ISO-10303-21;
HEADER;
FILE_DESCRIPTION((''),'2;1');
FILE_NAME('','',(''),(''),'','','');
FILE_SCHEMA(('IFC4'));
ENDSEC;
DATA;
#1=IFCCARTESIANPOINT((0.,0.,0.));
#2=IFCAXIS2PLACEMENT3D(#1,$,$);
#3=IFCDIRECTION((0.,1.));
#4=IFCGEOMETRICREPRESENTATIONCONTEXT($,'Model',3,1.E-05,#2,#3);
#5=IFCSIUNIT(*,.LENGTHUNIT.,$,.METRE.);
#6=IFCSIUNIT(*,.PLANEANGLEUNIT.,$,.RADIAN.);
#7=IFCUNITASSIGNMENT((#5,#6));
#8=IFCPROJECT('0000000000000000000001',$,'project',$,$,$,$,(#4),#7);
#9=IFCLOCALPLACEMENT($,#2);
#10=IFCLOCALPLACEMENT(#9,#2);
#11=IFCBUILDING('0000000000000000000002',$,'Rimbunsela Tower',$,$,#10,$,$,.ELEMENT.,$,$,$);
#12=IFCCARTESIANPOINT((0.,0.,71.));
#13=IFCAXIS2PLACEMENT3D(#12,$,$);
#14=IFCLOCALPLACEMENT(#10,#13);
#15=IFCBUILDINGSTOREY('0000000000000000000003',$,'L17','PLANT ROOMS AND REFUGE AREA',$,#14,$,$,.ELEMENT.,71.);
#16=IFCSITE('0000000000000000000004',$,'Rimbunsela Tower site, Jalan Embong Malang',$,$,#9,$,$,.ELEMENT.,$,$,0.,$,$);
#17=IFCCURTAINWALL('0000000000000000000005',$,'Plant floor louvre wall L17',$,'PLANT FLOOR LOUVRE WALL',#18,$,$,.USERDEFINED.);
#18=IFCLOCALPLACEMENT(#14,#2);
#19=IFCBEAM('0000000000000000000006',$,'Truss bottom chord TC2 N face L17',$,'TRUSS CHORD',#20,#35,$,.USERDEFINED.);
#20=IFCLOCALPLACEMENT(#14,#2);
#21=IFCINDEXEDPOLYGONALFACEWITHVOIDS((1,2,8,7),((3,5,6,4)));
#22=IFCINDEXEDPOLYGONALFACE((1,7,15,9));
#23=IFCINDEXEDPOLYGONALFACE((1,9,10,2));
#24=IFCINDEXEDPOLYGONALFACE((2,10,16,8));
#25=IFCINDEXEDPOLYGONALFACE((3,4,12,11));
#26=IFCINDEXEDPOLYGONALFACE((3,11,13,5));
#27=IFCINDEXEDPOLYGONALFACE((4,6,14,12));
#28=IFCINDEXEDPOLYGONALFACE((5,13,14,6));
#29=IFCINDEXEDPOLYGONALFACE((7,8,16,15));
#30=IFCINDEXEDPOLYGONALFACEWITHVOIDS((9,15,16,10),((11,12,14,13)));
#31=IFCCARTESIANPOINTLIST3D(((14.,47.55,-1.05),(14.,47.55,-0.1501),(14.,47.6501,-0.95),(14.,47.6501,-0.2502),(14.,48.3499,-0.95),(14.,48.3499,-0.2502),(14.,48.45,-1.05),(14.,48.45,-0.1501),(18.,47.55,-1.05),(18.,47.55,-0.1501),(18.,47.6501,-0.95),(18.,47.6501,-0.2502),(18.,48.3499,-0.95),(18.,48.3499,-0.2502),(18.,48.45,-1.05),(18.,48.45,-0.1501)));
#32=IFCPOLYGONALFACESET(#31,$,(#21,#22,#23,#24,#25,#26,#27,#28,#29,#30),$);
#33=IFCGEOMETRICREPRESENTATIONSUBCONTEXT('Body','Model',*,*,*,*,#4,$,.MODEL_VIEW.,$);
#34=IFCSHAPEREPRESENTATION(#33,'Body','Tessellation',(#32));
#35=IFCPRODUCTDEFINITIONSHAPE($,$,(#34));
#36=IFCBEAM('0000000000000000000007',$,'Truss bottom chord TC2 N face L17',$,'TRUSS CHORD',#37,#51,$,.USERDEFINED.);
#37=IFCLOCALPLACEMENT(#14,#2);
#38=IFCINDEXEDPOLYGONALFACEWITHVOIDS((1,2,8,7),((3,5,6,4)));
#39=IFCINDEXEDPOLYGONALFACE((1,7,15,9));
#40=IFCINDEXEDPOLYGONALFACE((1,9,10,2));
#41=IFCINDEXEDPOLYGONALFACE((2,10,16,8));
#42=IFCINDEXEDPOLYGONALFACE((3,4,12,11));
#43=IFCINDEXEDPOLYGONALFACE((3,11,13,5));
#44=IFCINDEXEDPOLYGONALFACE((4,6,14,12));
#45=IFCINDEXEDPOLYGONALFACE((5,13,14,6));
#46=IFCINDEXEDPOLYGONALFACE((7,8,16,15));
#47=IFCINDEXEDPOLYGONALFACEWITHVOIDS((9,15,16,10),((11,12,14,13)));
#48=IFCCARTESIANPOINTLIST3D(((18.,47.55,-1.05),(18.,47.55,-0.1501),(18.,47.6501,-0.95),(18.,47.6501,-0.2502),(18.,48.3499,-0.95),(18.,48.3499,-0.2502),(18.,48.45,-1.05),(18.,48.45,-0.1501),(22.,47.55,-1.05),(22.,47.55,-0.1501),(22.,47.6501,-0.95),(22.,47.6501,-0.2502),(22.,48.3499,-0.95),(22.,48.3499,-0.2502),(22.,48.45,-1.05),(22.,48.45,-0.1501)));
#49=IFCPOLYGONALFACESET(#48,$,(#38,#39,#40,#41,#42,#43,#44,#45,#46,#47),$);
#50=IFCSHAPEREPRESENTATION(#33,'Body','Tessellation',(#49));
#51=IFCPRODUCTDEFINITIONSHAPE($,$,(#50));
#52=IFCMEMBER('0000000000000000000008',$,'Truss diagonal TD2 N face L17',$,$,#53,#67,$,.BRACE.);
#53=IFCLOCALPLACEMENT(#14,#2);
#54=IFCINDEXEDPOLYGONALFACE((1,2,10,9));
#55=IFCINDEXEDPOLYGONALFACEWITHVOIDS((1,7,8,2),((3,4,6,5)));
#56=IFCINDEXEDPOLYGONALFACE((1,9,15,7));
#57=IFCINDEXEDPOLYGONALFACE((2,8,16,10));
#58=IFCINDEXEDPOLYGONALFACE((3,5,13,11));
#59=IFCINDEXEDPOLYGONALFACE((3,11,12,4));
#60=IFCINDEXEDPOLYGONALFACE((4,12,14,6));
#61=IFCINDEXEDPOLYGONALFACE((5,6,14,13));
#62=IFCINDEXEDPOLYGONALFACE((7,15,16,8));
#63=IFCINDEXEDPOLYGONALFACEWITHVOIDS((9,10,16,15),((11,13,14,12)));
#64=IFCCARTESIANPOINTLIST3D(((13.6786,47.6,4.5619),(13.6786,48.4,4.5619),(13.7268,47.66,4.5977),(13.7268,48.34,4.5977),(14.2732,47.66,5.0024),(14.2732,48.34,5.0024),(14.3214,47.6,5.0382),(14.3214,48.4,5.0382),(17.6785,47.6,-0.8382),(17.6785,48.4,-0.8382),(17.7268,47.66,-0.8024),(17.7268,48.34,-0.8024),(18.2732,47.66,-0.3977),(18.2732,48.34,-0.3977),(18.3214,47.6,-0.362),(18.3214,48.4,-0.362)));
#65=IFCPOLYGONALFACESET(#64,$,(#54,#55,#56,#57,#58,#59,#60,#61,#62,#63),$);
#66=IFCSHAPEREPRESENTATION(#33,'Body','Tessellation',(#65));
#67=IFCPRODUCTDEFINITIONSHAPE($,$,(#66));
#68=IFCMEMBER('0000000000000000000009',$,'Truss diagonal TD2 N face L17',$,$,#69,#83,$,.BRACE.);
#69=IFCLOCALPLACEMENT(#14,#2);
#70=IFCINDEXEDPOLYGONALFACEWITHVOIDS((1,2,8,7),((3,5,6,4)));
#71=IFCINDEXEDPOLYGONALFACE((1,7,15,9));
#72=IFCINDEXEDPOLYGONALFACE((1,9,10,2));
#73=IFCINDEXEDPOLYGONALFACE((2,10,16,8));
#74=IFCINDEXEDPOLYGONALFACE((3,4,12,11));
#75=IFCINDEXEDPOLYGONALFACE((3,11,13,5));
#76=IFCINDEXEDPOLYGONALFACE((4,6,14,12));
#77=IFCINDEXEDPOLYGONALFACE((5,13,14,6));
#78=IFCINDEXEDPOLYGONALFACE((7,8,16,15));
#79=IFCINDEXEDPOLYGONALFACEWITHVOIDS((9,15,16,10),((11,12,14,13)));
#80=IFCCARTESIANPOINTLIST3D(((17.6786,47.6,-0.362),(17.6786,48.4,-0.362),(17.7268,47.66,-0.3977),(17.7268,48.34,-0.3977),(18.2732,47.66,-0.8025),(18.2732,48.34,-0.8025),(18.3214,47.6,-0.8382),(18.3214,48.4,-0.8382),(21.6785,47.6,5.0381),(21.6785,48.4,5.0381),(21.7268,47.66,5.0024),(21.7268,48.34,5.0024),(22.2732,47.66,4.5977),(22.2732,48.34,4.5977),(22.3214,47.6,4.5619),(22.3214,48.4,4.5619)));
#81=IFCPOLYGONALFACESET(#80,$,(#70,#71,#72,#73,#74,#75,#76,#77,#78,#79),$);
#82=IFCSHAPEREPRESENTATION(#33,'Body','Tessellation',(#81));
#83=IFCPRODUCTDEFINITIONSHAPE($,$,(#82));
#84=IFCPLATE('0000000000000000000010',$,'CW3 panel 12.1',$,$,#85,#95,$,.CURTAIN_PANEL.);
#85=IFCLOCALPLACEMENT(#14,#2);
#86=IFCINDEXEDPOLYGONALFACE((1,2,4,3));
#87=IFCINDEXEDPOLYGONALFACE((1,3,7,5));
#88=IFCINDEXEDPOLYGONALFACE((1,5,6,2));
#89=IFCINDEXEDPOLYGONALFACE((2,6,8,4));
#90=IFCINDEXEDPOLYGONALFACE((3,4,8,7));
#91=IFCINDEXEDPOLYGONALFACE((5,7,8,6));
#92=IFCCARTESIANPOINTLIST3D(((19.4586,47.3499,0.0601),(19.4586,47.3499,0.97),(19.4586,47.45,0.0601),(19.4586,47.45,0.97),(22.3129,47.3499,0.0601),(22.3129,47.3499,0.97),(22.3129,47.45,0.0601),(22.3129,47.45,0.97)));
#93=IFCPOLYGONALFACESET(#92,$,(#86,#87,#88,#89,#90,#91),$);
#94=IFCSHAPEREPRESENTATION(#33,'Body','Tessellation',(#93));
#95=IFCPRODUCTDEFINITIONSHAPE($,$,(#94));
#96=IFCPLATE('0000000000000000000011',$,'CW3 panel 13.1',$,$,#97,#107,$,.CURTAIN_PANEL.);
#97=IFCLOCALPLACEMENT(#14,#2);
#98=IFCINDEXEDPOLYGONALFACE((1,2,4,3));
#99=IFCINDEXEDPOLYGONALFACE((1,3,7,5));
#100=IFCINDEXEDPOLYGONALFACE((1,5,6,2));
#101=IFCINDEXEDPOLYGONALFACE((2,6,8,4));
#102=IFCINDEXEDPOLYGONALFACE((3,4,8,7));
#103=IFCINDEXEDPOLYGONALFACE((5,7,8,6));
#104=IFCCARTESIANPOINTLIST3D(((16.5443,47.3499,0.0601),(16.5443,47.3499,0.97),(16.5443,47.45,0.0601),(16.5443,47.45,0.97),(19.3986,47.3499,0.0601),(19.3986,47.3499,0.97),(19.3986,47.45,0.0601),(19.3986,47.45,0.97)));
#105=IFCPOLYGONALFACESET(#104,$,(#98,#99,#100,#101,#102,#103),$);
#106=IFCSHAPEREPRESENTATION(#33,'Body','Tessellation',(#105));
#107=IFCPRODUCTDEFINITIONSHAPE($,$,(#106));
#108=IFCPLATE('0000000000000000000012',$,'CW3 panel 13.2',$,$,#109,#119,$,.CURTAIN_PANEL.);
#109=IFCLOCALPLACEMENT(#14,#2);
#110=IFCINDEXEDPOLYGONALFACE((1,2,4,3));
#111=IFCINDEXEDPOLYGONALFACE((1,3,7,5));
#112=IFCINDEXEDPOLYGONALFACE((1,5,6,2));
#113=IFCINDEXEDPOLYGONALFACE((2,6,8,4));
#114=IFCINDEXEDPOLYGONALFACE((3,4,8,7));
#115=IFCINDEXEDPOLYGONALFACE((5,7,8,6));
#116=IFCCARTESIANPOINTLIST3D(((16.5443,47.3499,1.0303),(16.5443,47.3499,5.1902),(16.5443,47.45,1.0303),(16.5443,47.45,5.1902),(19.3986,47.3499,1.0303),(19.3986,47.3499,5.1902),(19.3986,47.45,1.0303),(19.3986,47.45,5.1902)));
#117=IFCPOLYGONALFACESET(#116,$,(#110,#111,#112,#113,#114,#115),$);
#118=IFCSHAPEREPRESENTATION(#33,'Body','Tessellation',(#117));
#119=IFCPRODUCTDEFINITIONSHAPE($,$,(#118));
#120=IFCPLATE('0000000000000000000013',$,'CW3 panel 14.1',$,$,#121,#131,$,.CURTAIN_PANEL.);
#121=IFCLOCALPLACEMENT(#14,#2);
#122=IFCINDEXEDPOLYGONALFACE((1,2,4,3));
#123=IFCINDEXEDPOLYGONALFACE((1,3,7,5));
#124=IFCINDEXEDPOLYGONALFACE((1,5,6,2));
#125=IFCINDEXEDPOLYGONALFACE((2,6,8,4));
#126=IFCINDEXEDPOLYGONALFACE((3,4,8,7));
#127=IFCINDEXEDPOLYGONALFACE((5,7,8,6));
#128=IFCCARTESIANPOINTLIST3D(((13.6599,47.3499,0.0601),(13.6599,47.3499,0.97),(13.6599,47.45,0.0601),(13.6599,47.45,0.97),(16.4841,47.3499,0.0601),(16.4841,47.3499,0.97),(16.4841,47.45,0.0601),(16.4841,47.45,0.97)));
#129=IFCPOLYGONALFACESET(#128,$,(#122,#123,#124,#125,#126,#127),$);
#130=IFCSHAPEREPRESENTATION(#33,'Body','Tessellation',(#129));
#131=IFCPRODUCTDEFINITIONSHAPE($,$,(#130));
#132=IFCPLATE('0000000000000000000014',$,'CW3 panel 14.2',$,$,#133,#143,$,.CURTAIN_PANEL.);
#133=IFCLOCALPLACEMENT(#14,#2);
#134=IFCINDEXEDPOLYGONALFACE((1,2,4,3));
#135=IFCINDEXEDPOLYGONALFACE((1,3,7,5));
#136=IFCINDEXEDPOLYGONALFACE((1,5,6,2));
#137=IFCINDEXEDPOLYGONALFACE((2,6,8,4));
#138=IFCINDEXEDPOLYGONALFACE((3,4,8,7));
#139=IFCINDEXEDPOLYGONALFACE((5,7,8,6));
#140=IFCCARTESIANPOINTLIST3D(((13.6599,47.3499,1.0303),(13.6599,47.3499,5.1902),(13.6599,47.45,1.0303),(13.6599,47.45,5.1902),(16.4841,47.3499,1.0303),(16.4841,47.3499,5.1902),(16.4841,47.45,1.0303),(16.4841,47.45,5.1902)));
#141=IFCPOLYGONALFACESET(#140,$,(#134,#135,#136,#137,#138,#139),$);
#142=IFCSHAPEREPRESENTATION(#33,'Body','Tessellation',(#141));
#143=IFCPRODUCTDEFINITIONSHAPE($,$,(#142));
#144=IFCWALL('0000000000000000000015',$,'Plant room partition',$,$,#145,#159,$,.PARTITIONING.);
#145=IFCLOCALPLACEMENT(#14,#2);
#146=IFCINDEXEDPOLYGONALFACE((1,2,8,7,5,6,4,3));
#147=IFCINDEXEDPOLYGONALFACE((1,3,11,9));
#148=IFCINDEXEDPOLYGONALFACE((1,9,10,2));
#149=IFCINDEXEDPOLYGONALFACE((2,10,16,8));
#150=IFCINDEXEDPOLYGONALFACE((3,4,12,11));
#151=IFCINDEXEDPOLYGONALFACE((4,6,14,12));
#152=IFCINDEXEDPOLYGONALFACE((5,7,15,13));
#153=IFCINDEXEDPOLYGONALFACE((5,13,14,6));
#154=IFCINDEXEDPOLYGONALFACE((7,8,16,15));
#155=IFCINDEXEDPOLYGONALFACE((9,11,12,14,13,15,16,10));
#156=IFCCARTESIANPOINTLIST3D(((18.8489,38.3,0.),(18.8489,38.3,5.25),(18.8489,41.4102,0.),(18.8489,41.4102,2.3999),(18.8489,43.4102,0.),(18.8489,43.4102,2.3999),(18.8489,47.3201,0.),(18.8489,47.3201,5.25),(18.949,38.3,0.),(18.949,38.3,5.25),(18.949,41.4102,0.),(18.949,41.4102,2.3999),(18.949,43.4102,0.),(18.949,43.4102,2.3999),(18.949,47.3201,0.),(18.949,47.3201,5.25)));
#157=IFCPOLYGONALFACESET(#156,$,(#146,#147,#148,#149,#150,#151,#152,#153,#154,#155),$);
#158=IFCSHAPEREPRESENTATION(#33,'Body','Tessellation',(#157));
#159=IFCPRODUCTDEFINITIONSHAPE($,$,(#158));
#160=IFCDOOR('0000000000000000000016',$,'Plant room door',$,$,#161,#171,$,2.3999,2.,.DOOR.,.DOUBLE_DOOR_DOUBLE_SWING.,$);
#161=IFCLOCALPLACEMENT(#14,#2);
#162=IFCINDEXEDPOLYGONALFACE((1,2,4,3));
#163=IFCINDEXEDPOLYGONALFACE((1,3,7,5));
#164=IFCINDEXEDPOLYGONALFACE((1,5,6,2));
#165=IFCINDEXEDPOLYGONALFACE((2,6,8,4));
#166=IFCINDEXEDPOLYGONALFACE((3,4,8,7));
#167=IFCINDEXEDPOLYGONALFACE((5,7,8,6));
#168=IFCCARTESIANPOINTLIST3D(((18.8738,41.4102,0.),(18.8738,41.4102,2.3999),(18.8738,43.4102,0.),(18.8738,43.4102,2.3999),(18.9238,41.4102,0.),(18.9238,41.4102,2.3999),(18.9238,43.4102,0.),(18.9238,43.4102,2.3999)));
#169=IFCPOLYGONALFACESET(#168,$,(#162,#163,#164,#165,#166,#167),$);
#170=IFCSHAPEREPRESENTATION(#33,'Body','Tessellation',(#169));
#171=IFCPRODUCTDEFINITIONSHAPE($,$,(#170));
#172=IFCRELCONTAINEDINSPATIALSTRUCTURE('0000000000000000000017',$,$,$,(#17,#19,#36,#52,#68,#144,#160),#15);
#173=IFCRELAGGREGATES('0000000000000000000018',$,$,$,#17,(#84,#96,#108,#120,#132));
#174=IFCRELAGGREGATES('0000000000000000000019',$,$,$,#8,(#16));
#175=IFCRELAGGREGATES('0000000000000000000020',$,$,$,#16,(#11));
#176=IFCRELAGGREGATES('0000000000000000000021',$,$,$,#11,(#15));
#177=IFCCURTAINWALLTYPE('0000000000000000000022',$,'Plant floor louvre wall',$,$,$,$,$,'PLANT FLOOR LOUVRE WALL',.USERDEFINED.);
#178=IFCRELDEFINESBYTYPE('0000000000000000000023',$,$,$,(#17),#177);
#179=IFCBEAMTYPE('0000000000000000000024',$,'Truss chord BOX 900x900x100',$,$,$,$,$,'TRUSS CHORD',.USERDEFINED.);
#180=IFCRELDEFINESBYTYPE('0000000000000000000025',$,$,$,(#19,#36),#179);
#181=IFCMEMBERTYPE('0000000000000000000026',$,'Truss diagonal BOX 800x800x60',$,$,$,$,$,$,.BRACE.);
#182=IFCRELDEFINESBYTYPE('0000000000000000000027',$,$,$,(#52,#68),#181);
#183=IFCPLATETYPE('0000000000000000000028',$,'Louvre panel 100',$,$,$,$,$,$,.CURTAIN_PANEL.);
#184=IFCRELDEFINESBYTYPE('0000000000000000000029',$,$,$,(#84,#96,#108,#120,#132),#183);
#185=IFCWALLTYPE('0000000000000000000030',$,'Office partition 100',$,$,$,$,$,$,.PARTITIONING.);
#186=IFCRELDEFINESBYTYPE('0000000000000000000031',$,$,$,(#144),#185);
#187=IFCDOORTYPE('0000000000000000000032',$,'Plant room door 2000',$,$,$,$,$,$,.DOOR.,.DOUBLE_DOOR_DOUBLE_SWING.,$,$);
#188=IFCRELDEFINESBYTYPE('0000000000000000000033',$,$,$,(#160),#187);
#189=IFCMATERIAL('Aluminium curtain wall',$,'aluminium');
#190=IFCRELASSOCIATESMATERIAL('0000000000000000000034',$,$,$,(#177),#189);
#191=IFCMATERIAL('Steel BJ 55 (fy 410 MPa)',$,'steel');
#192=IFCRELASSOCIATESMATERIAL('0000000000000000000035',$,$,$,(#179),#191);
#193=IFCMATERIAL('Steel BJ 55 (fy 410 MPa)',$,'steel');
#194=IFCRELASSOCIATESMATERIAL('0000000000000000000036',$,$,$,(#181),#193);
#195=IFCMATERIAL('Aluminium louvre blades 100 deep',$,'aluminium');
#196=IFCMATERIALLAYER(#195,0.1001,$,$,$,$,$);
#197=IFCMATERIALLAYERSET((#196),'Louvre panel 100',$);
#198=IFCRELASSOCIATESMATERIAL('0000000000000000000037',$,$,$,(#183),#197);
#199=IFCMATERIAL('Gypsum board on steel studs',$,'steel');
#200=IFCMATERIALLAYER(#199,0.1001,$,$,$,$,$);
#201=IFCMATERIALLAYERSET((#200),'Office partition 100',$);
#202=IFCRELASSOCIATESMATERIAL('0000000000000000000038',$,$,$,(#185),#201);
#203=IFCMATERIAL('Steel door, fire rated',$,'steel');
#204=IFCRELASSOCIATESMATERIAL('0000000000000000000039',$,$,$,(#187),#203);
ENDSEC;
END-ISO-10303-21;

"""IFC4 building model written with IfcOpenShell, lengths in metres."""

from ifc_helpers import new_model, si_unit, direction, frame, frame_2d, origin, origin_2d, place, context, subcontext, project, spatial, rectangle, hollow_rectangle, extrude, material, layer, layer_set, material_profile, profile_set, type_object, element, fill, aggregate, save


model = new_model("IFC4")

# Units and contexts
model_context = context("Model", 3, precision=1e-05, world=origin(), true_north=direction((0.0, 1.0)))
body_context = subcontext(model_context, "Body", "Model", "MODEL_VIEW")
ifc_project = project(units=[si_unit("LENGTHUNIT", "METRE"), si_unit("PLANEANGLEUNIT", "RADIAN")], contexts=[model_context])

# Site, building, storey
site_placement = place(None, origin())
site = spatial("IfcSite", under=ifc_project, at=site_placement, Name="Rimbunsela Tower site, Jalan Embong Malang", CompositionType="ELEMENT", RefElevation=0.0)
building_placement = place(site_placement, origin())
building = spatial("IfcBuilding", under=site, at=building_placement, Name="Rimbunsela Tower", CompositionType="ELEMENT")
storey_placement = place(building_placement, frame((0.0, 0.0, 71.0)))
storey = spatial("IfcBuildingStorey", under=building, at=storey_placement, Name="L17", Description="PLANT ROOMS AND REFUGE AREA", CompositionType="ELEMENT", Elevation=71.0)

# Curtain wall
ifc_material_1 = material(Name="Aluminium curtain wall", Category="aluminium")
curtain_wall_type = type_object("IfcCurtainWallType", Name="Plant floor louvre wall", ElementType="PLANT FLOOR LOUVRE WALL", PredefinedType="USERDEFINED", material=ifc_material_1)
curtain_wall_placement = place(storey_placement, origin())
curtain_wall = element("IfcCurtainWall", 1, at=curtain_wall_placement, inside=storey, type_object=curtain_wall_type, Name="Plant floor louvre wall L17", ObjectType="PLANT FLOOR LOUVRE WALL", PredefinedType="USERDEFINED")

# Beams
ifc_material_2 = material(Name="Steel BJ 55 (fy 410 MPa)", Category="steel")
ifc_material_profile_1 = material_profile(ifc_material_2, hollow_rectangle(XDim=0.8999, YDim=0.8999, WallThickness=0.1001, at=origin_2d()), Name="BOX 900x900x100")
ifc_profile_set_1 = profile_set([ifc_material_profile_1], Name="Steel BJ 55 (fy 410 MPa)")
beam_type_1 = type_object("IfcBeamType", Name="Truss chord BOX 900x900x100", ElementType="TRUSS CHORD", PredefinedType="USERDEFINED", material=ifc_profile_set_1)
for number, where, z_axis, x_axis, name in (
    (2, (14.0, 48.0, -0.6001), (1.0, 0.0, 0.0), (0.0, 1.0, 0.0), "Truss bottom chord TC2 N face L17"),
    (3, (18.0, 48.0, -0.6001), (1.0, 0.0, 0.0), (0.0, 1.0, 0.0), "Truss bottom chord TC2 N face L17"),
):
    element("IfcBeam", number, at=place(storey_placement, frame(where, z_axis=z_axis, x_axis=x_axis)), inside=storey, type_object=beam_type_1, Name=name, ObjectType="TRUSS CHORD", PredefinedType="USERDEFINED", context=body_context, shape_type="SweptSolid", body=[
        extrude(hollow_rectangle(XDim=0.8999, YDim=0.8999, WallThickness=0.1001, at=origin_2d()), origin(), (0.0, 0.0, 1.0), 4.0),
    ])

# Members
ifc_material_3 = material(Name="Steel BJ 55 (fy 410 MPa)", Category="steel")
ifc_material_profile_2 = material_profile(ifc_material_3, hollow_rectangle(XDim=0.8, YDim=0.8, WallThickness=0.0601, at=origin_2d()), Name="BOX 800x800x60")
ifc_profile_set_2 = profile_set([ifc_material_profile_2], Name="Steel BJ 55 (fy 410 MPa)")
member_type_1 = type_object("IfcMemberType", Name="Truss diagonal BOX 800x800x60", PredefinedType="BRACE", material=ifc_profile_set_2)
for number, where, z_axis, x_axis, name in (
    (4, (14.0, 48.0, 4.8), (0.595217, 0.0, -0.803565), (0.0, 1.0, 0.0), "Truss diagonal TD2 N face L17"),
    (5, (18.0, 48.0, -0.6001), (0.595217, 0.0, 0.803565), (0.0, 1.0, 0.0), "Truss diagonal TD2 N face L17"),
):
    element("IfcMember", number, at=place(storey_placement, frame(where, z_axis=z_axis, x_axis=x_axis)), inside=storey, type_object=member_type_1, Name=name, PredefinedType="BRACE", context=body_context, shape_type="SweptSolid", body=[
        extrude(hollow_rectangle(XDim=0.8, YDim=0.8, WallThickness=0.0601, at=origin_2d()), origin(), (0.0, 0.0, 1.0), 6.7202),
    ])

# Plates
ifc_material_4 = material(Name="Aluminium louvre blades 100 deep", Category="aluminium")
ifc_layer_1 = layer(ifc_material_4, 0.1001)
ifc_layer_set_1 = layer_set([ifc_layer_1], Name="Louvre panel 100")
plate_type = type_object("IfcPlateType", Name="Louvre panel 100", PredefinedType="CURTAIN_PANEL", material=ifc_layer_set_1)
plate_1_placement = place(storey_placement, frame((20.8857, 47.3999, 0.0601), z_axis=(0.0, 0.0, 1.0), x_axis=(-1.0, 0.0, 0.0)))
plate_1 = element("IfcPlate", 6, at=plate_1_placement, type_object=plate_type, Name="CW3 panel 12.1", PredefinedType="CURTAIN_PANEL", context=body_context, shape_type="SweptSolid", body=[
    extrude(rectangle(XDim=2.8542, YDim=0.1001, at=origin_2d()), origin(), (0.0, 0.0, 1.0), 0.9099),
])
plate_2_placement = place(storey_placement, frame((17.9714, 47.3999, 0.0601), z_axis=(0.0, 0.0, 1.0), x_axis=(-1.0, 0.0, 0.0)))
plate_2 = element("IfcPlate", 7, at=plate_2_placement, type_object=plate_type, Name="CW3 panel 13.1", PredefinedType="CURTAIN_PANEL", context=body_context, shape_type="SweptSolid", body=[
    extrude(rectangle(XDim=2.8542, YDim=0.1001, at=origin_2d()), origin(), (0.0, 0.0, 1.0), 0.9099),
])
plate_3_placement = place(storey_placement, frame((17.9714, 47.3999, 1.0303), z_axis=(0.0, 0.0, 1.0), x_axis=(-1.0, 0.0, 0.0)))
plate_3 = element("IfcPlate", 8, at=plate_3_placement, type_object=plate_type, Name="CW3 panel 13.2", PredefinedType="CURTAIN_PANEL", context=body_context, shape_type="SweptSolid", body=[
    extrude(rectangle(XDim=2.8542, YDim=0.1001, at=origin_2d()), origin(), (0.0, 0.0, 1.0), 4.1599),
])
plate_4_placement = place(storey_placement, frame((15.072, 47.3999, 0.0601), z_axis=(0.0, 0.0, 1.0), x_axis=(-1.0, 0.0, 0.0)))
plate_4 = element("IfcPlate", 9, at=plate_4_placement, type_object=plate_type, Name="CW3 panel 14.1", PredefinedType="CURTAIN_PANEL", context=body_context, shape_type="SweptSolid", body=[
    extrude(rectangle(XDim=2.8242, YDim=0.1001, at=origin_2d()), origin(), (0.0, 0.0, 1.0), 0.9099),
])
plate_5_placement = place(storey_placement, frame((15.072, 47.3999, 1.0303), z_axis=(0.0, 0.0, 1.0), x_axis=(-1.0, 0.0, 0.0)))
plate_5 = element("IfcPlate", 10, at=plate_5_placement, type_object=plate_type, Name="CW3 panel 14.2", PredefinedType="CURTAIN_PANEL", context=body_context, shape_type="SweptSolid", body=[
    extrude(rectangle(XDim=2.8242, YDim=0.1001, at=origin_2d()), origin(), (0.0, 0.0, 1.0), 4.1599),
])
aggregate(curtain_wall, [plate_1, plate_2, plate_3, plate_4, plate_5])

# Wall, opening, door
ifc_material_5 = material(Name="Gypsum board on steel studs", Category="steel")
ifc_layer_2 = layer(ifc_material_5, 0.1001)
ifc_layer_set_2 = layer_set([ifc_layer_2], Name="Office partition 100")
wall_type = type_object("IfcWallType", Name="Office partition 100", PredefinedType="PARTITIONING", material=ifc_layer_set_2)
wall_placement = place(storey_placement, frame((18.8989, 47.3201, 0.0), z_axis=(0.0, 0.0, 1.0), x_axis=(0.0, -1.0, 0.0)))
wall = element("IfcWall", 11, at=wall_placement, inside=storey, type_object=wall_type, Name="Plant room partition", PredefinedType="PARTITIONING", context=body_context, shape_type="SweptSolid", body=[
    extrude(rectangle(XDim=9.02, YDim=0.1001, at=frame_2d((4.51, 0.0))), origin(), (0.0, 0.0, 1.0), 5.25),
])
opening_placement = place(wall_placement, frame((3.9099, 0.0, 0.0)))
opening = element("IfcOpeningElement", 12, at=opening_placement, cuts=wall, PredefinedType="OPENING", context=body_context, shape_type="SweptSolid", body=[
    extrude(rectangle(XDim=2.0, YDim=2.3999, at=frame_2d((1.0, 1.2))), frame((0.0, 0.0601, 0.0), z_axis=(0.0, -1.0, 0.0), x_axis=(1.0, 0.0, 0.0)), (0.0, 0.0, 1.0), 0.1201),
])
ifc_material_6 = material(Name="Steel door, fire rated", Category="steel")
door_type = type_object("IfcDoorType", Name="Plant room door 2000", OperationType="DOUBLE_DOOR_DOUBLE_SWING", PredefinedType="DOOR", material=ifc_material_6)
door_placement = place(opening_placement, origin())
door = element("IfcDoor", 13, at=door_placement, inside=storey, type_object=door_type, Name="Plant room door", OperationType="DOUBLE_DOOR_DOUBLE_SWING", OverallHeight=2.3999, OverallWidth=2.0, PredefinedType="DOOR", context=body_context, shape_type="SweptSolid", body=[
    extrude(rectangle(XDim=2.0, YDim=2.3999, at=frame_2d((1.0, 1.2))), frame((0.0, 0.0249, 0.0), z_axis=(0.0, -1.0, 0.0), x_axis=(1.0, 0.0, 0.0)), (0.0, 0.0, 1.0), 0.05),
])
fill(opening, door)

save(model, "model.ifc")
